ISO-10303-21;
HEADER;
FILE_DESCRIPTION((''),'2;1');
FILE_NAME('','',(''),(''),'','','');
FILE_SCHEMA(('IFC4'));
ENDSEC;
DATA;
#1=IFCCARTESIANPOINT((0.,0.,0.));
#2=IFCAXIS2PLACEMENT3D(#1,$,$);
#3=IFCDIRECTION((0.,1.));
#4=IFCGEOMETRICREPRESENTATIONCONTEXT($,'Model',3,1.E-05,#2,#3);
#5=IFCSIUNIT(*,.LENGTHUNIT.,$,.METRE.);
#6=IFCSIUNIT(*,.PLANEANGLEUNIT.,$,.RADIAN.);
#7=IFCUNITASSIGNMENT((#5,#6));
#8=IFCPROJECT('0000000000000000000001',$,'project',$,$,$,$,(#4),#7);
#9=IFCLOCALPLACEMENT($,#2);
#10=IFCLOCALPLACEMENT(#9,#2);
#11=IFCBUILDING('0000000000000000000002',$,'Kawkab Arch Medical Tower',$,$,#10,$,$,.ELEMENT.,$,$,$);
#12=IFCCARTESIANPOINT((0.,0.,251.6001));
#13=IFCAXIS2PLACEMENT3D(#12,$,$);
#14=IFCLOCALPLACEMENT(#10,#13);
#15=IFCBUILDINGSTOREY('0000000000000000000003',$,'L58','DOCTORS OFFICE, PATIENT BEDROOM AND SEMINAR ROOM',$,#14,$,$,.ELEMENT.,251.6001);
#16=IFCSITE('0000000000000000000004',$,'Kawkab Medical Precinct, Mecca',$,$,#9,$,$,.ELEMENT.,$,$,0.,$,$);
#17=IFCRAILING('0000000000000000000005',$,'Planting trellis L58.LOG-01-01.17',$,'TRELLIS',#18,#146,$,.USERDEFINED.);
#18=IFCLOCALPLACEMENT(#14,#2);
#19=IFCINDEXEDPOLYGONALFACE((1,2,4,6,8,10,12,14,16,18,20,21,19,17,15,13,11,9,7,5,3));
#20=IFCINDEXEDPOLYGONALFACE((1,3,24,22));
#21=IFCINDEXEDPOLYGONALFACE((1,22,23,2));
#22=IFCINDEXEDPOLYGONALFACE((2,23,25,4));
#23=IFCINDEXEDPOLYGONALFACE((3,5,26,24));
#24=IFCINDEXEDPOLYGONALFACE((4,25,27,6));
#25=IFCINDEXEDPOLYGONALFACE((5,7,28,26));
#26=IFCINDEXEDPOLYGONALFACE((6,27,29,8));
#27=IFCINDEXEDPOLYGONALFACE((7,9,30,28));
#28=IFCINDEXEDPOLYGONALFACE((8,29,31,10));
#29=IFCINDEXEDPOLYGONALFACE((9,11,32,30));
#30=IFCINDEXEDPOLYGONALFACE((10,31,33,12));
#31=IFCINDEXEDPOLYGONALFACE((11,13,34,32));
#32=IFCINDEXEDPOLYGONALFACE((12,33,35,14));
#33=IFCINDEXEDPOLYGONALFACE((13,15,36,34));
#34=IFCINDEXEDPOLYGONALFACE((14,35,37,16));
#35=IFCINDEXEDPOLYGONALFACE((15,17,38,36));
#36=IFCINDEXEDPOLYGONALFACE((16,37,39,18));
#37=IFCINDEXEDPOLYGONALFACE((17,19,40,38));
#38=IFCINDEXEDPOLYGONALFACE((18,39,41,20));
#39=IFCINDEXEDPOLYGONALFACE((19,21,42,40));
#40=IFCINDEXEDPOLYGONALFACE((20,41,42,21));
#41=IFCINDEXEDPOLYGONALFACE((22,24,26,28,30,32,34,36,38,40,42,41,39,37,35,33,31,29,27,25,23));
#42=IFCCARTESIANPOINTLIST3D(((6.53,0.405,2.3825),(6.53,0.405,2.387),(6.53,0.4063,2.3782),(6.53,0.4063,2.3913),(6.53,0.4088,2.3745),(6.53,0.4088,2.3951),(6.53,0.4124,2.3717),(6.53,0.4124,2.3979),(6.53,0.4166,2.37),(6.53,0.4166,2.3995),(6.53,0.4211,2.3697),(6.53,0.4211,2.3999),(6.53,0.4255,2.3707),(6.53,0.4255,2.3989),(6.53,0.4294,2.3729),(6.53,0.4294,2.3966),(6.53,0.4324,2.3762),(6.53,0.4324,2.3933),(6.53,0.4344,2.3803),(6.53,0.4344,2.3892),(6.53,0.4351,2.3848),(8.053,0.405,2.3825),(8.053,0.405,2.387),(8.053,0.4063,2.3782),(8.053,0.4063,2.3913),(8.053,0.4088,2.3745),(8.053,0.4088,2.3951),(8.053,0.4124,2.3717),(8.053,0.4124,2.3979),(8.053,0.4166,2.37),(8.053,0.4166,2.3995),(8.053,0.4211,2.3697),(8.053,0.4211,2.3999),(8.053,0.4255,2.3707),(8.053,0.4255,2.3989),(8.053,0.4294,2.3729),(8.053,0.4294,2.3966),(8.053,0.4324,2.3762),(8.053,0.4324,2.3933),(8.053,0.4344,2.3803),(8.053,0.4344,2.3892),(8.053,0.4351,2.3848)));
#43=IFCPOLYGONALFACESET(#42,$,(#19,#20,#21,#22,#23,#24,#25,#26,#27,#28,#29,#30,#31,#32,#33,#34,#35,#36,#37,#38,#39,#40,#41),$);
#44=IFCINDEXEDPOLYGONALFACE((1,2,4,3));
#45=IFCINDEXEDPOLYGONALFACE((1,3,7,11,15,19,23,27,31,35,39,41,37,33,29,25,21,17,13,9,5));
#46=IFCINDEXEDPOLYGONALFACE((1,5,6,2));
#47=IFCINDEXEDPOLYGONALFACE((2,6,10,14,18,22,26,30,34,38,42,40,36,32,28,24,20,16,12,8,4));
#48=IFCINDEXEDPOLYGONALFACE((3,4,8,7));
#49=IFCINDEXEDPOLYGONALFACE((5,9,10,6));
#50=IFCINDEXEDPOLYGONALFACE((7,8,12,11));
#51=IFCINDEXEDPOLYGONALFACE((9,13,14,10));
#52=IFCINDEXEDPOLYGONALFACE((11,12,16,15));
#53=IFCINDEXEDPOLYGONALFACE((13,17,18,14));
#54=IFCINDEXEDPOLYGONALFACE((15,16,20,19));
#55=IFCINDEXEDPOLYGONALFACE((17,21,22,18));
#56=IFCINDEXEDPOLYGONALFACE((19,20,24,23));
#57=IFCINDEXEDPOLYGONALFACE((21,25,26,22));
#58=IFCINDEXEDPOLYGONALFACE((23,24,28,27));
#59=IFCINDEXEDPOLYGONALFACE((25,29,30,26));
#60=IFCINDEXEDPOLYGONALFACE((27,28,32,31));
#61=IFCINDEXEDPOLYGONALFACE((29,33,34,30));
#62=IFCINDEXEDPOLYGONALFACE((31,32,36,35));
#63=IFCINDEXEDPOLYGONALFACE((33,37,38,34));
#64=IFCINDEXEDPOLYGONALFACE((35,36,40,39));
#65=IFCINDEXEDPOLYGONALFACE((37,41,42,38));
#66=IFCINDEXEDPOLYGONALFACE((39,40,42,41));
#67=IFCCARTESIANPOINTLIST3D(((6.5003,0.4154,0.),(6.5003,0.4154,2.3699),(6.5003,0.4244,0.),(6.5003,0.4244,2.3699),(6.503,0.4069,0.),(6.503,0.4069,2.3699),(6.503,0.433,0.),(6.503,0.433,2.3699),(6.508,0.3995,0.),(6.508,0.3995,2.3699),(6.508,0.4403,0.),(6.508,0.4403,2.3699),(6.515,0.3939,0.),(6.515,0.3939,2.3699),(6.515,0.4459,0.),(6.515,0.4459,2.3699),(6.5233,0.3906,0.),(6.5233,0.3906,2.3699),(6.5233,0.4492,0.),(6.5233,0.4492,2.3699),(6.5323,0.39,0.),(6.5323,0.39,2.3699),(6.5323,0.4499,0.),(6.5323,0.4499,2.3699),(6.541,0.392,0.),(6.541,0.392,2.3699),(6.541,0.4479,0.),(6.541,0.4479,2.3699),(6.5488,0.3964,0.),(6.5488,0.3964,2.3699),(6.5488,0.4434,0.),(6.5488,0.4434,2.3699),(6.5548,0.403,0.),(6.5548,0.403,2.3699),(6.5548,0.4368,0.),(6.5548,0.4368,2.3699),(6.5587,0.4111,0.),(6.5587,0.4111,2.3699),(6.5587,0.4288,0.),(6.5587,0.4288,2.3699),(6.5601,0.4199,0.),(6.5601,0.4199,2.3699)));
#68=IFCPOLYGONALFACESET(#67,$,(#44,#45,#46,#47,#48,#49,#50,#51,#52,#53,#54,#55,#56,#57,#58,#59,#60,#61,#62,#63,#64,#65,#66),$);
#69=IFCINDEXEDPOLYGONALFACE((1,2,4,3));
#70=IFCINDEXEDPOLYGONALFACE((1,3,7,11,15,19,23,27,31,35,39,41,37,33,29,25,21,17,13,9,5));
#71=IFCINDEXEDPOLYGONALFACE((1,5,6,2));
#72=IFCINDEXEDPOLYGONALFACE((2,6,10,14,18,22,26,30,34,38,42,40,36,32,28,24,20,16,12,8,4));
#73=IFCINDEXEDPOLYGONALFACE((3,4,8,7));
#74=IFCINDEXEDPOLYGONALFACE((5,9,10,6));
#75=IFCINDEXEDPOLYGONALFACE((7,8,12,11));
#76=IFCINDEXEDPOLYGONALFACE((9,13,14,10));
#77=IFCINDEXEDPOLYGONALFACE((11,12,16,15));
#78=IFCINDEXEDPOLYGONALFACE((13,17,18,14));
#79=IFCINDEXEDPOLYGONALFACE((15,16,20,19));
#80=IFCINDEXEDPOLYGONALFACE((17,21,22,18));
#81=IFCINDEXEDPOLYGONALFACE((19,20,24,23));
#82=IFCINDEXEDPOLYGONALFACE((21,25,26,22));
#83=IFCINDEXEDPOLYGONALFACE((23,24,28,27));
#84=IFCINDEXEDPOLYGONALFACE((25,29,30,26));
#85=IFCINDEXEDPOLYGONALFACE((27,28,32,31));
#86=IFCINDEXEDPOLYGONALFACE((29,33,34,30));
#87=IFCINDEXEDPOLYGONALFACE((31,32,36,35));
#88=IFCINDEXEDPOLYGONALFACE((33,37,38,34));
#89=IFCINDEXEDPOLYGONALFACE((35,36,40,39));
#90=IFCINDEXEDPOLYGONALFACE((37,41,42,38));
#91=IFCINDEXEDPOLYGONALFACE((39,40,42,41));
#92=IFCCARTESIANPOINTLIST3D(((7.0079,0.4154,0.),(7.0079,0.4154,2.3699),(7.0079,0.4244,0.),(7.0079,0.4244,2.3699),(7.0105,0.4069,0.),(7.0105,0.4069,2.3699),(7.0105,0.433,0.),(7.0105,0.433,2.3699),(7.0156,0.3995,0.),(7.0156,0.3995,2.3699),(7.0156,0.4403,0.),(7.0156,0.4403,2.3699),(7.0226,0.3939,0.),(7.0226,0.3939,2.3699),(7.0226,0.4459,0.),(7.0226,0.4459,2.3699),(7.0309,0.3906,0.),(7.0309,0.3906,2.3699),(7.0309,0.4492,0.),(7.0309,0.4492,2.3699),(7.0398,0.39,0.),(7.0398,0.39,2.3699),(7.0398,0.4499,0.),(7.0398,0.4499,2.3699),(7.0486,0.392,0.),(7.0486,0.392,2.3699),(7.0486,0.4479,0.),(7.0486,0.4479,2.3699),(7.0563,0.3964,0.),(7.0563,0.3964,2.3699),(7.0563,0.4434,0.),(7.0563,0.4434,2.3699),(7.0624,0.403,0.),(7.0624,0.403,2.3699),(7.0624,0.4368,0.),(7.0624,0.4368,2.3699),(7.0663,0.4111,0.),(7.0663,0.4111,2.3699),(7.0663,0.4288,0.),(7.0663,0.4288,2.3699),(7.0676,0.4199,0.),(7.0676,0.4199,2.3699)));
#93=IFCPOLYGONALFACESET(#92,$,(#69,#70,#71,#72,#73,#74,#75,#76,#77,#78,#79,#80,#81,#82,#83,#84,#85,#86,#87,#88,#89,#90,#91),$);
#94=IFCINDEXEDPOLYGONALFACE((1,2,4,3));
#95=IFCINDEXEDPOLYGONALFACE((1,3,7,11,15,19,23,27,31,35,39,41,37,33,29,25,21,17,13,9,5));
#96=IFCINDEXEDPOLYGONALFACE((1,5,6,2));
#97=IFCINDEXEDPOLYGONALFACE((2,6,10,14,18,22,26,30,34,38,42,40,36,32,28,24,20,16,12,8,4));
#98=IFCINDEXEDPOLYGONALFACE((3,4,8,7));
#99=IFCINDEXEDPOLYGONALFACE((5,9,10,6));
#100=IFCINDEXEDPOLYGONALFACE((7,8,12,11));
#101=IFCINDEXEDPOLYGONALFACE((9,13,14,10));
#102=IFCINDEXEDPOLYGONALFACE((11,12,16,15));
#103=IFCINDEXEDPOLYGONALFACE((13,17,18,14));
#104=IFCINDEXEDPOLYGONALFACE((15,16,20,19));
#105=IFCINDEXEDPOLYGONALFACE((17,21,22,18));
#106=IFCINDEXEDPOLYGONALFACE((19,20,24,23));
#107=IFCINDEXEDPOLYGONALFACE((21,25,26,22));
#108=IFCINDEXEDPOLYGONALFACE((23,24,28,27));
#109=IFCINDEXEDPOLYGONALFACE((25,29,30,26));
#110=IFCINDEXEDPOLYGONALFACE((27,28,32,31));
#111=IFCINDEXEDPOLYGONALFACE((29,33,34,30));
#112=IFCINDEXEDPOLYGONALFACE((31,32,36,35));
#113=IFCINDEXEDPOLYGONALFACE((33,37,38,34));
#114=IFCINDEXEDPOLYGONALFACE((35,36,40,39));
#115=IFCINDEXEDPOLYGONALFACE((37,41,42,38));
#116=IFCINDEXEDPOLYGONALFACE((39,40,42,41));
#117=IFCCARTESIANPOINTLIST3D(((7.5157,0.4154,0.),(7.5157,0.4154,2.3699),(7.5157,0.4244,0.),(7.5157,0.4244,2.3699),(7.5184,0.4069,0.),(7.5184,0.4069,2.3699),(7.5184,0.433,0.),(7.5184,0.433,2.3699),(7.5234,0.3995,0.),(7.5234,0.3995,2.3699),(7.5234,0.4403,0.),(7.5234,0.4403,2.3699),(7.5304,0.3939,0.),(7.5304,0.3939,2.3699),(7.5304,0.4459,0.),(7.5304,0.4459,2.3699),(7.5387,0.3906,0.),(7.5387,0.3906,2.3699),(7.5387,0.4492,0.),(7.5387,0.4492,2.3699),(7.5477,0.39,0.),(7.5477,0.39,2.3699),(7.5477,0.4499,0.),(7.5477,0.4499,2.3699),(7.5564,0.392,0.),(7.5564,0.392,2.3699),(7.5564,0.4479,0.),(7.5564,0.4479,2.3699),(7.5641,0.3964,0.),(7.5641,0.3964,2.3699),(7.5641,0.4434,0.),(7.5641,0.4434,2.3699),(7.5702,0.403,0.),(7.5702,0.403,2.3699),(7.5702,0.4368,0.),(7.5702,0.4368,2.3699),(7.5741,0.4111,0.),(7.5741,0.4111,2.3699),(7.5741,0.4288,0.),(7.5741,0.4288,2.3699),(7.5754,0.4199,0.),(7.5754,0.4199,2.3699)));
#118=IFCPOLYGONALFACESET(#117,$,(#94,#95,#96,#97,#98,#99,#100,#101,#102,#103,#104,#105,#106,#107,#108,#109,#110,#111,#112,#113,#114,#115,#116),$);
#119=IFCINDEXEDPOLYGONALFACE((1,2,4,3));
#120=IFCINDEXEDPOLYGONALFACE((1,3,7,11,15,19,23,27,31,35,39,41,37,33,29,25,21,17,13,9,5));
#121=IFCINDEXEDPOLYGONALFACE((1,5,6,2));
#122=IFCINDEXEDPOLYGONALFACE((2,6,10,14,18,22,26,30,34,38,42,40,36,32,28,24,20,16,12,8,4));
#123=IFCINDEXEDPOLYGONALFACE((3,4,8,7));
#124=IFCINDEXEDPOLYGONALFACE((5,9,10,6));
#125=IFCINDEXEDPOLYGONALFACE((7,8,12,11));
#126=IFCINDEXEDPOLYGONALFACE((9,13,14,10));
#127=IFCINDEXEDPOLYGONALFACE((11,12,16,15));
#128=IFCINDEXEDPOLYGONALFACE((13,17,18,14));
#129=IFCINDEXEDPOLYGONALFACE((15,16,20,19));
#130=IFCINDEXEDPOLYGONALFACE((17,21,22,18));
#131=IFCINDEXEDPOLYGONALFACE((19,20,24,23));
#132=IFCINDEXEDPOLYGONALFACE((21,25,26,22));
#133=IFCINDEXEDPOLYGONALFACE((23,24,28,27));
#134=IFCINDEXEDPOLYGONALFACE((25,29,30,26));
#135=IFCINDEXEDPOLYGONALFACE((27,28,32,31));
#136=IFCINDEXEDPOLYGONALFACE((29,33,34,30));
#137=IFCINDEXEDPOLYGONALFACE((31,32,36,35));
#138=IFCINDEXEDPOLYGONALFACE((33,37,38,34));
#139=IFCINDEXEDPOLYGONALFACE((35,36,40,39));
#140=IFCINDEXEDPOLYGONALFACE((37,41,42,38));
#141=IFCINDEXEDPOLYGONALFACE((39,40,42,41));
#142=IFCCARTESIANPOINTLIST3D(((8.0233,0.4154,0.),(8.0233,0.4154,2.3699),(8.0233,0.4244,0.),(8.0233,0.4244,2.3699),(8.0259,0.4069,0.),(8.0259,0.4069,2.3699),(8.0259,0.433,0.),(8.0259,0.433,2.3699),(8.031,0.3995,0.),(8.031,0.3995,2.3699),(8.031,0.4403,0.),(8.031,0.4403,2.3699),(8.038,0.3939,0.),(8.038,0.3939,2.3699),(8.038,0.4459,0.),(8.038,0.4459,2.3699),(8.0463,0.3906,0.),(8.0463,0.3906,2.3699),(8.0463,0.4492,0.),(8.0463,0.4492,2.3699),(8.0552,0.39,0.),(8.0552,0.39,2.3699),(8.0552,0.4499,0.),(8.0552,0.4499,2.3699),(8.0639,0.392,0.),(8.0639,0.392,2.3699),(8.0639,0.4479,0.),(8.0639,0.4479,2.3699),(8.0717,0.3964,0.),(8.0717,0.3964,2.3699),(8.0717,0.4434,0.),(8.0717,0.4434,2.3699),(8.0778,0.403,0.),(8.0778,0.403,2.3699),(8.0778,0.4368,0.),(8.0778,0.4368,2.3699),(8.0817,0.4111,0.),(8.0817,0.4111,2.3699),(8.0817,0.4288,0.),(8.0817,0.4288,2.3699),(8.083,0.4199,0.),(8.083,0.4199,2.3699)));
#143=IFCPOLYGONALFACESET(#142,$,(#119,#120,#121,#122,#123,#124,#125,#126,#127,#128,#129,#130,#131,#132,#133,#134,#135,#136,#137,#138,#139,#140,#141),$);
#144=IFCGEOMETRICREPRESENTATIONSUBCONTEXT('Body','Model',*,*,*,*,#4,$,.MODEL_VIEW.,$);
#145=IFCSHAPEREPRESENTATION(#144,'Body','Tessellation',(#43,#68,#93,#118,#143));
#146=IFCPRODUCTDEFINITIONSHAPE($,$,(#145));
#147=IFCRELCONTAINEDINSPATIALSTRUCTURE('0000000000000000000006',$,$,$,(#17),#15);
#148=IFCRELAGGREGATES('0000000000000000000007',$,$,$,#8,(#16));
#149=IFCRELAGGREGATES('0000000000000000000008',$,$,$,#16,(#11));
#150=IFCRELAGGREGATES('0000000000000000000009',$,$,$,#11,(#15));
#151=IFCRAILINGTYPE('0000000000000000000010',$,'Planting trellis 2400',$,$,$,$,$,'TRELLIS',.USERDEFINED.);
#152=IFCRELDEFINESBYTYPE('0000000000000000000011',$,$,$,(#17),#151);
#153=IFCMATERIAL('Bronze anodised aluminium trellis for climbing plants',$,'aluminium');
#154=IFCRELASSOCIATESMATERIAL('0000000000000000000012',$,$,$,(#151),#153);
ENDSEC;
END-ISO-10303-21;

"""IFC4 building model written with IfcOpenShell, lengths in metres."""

from ifc_helpers import new_model, si_unit, direction, frame, origin, origin_2d, place, context, subcontext, project, spatial, circle, extrude, material, type_object, element, save


model = new_model("IFC4")

# Units and contexts
model_context = context("Model", 3, precision=1e-05, world=origin(), true_north=direction((0.0, 1.0)))
body_context = subcontext(model_context, "Body", "Model", "MODEL_VIEW")
ifc_project = project(units=[si_unit("LENGTHUNIT", "METRE"), si_unit("PLANEANGLEUNIT", "RADIAN")], contexts=[model_context])

# Site, building, storey
site_placement = place(None, origin())
site = spatial("IfcSite", under=ifc_project, at=site_placement, Name="Kawkab Medical Precinct, Mecca", CompositionType="ELEMENT", RefElevation=0.0)
building_placement = place(site_placement, origin())
building = spatial("IfcBuilding", under=site, at=building_placement, Name="Kawkab Arch Medical Tower", CompositionType="ELEMENT")
storey_placement = place(building_placement, frame((0.0, 0.0, 251.6001)))
storey = spatial("IfcBuildingStorey", under=building, at=storey_placement, Name="L58", Description="DOCTORS OFFICE, PATIENT BEDROOM AND SEMINAR ROOM", CompositionType="ELEMENT", Elevation=251.6001)

# Railing
ifc_material_1 = material(Name="Bronze anodised aluminium trellis for climbing plants", Category="aluminium")
railing_type_1 = type_object("IfcRailingType", Name="Planting trellis 2400", ElementType="TRELLIS", PredefinedType="USERDEFINED", material=ifc_material_1)
railing_1_placement = place(storey_placement, frame((6.53, 0.4199, 0.0)))
element("IfcRailing", 1, at=railing_1_placement, inside=storey, type_object=railing_type_1, Name="Planting trellis L58.LOG-01-01.17", ObjectType="TRELLIS", PredefinedType="USERDEFINED", context=body_context, shape_type="SweptSolid", body=[
    extrude(circle(Radius=0.0151, at=origin_2d()), frame((0.0, 0.0, 2.3848), z_axis=(1.0, 0.0, 0.0), x_axis=(0.0, 1.0, 0.0)), (0.0, 0.0, 1.0), 1.5229),
    extrude(circle(Radius=0.03, at=origin_2d()), origin(), (0.0, 0.0, 1.0), 2.3699),
    extrude(circle(Radius=0.03, at=origin_2d()), frame((0.5076, 0.0, 0.0)), (0.0, 0.0, 1.0), 2.3699),
    extrude(circle(Radius=0.03, at=origin_2d()), frame((1.0154, 0.0, 0.0)), (0.0, 0.0, 1.0), 2.3699),
    extrude(circle(Radius=0.03, at=origin_2d()), frame((1.5229, 0.0, 0.0)), (0.0, 0.0, 1.0), 2.3699),
])

save(model, "model.ifc")
